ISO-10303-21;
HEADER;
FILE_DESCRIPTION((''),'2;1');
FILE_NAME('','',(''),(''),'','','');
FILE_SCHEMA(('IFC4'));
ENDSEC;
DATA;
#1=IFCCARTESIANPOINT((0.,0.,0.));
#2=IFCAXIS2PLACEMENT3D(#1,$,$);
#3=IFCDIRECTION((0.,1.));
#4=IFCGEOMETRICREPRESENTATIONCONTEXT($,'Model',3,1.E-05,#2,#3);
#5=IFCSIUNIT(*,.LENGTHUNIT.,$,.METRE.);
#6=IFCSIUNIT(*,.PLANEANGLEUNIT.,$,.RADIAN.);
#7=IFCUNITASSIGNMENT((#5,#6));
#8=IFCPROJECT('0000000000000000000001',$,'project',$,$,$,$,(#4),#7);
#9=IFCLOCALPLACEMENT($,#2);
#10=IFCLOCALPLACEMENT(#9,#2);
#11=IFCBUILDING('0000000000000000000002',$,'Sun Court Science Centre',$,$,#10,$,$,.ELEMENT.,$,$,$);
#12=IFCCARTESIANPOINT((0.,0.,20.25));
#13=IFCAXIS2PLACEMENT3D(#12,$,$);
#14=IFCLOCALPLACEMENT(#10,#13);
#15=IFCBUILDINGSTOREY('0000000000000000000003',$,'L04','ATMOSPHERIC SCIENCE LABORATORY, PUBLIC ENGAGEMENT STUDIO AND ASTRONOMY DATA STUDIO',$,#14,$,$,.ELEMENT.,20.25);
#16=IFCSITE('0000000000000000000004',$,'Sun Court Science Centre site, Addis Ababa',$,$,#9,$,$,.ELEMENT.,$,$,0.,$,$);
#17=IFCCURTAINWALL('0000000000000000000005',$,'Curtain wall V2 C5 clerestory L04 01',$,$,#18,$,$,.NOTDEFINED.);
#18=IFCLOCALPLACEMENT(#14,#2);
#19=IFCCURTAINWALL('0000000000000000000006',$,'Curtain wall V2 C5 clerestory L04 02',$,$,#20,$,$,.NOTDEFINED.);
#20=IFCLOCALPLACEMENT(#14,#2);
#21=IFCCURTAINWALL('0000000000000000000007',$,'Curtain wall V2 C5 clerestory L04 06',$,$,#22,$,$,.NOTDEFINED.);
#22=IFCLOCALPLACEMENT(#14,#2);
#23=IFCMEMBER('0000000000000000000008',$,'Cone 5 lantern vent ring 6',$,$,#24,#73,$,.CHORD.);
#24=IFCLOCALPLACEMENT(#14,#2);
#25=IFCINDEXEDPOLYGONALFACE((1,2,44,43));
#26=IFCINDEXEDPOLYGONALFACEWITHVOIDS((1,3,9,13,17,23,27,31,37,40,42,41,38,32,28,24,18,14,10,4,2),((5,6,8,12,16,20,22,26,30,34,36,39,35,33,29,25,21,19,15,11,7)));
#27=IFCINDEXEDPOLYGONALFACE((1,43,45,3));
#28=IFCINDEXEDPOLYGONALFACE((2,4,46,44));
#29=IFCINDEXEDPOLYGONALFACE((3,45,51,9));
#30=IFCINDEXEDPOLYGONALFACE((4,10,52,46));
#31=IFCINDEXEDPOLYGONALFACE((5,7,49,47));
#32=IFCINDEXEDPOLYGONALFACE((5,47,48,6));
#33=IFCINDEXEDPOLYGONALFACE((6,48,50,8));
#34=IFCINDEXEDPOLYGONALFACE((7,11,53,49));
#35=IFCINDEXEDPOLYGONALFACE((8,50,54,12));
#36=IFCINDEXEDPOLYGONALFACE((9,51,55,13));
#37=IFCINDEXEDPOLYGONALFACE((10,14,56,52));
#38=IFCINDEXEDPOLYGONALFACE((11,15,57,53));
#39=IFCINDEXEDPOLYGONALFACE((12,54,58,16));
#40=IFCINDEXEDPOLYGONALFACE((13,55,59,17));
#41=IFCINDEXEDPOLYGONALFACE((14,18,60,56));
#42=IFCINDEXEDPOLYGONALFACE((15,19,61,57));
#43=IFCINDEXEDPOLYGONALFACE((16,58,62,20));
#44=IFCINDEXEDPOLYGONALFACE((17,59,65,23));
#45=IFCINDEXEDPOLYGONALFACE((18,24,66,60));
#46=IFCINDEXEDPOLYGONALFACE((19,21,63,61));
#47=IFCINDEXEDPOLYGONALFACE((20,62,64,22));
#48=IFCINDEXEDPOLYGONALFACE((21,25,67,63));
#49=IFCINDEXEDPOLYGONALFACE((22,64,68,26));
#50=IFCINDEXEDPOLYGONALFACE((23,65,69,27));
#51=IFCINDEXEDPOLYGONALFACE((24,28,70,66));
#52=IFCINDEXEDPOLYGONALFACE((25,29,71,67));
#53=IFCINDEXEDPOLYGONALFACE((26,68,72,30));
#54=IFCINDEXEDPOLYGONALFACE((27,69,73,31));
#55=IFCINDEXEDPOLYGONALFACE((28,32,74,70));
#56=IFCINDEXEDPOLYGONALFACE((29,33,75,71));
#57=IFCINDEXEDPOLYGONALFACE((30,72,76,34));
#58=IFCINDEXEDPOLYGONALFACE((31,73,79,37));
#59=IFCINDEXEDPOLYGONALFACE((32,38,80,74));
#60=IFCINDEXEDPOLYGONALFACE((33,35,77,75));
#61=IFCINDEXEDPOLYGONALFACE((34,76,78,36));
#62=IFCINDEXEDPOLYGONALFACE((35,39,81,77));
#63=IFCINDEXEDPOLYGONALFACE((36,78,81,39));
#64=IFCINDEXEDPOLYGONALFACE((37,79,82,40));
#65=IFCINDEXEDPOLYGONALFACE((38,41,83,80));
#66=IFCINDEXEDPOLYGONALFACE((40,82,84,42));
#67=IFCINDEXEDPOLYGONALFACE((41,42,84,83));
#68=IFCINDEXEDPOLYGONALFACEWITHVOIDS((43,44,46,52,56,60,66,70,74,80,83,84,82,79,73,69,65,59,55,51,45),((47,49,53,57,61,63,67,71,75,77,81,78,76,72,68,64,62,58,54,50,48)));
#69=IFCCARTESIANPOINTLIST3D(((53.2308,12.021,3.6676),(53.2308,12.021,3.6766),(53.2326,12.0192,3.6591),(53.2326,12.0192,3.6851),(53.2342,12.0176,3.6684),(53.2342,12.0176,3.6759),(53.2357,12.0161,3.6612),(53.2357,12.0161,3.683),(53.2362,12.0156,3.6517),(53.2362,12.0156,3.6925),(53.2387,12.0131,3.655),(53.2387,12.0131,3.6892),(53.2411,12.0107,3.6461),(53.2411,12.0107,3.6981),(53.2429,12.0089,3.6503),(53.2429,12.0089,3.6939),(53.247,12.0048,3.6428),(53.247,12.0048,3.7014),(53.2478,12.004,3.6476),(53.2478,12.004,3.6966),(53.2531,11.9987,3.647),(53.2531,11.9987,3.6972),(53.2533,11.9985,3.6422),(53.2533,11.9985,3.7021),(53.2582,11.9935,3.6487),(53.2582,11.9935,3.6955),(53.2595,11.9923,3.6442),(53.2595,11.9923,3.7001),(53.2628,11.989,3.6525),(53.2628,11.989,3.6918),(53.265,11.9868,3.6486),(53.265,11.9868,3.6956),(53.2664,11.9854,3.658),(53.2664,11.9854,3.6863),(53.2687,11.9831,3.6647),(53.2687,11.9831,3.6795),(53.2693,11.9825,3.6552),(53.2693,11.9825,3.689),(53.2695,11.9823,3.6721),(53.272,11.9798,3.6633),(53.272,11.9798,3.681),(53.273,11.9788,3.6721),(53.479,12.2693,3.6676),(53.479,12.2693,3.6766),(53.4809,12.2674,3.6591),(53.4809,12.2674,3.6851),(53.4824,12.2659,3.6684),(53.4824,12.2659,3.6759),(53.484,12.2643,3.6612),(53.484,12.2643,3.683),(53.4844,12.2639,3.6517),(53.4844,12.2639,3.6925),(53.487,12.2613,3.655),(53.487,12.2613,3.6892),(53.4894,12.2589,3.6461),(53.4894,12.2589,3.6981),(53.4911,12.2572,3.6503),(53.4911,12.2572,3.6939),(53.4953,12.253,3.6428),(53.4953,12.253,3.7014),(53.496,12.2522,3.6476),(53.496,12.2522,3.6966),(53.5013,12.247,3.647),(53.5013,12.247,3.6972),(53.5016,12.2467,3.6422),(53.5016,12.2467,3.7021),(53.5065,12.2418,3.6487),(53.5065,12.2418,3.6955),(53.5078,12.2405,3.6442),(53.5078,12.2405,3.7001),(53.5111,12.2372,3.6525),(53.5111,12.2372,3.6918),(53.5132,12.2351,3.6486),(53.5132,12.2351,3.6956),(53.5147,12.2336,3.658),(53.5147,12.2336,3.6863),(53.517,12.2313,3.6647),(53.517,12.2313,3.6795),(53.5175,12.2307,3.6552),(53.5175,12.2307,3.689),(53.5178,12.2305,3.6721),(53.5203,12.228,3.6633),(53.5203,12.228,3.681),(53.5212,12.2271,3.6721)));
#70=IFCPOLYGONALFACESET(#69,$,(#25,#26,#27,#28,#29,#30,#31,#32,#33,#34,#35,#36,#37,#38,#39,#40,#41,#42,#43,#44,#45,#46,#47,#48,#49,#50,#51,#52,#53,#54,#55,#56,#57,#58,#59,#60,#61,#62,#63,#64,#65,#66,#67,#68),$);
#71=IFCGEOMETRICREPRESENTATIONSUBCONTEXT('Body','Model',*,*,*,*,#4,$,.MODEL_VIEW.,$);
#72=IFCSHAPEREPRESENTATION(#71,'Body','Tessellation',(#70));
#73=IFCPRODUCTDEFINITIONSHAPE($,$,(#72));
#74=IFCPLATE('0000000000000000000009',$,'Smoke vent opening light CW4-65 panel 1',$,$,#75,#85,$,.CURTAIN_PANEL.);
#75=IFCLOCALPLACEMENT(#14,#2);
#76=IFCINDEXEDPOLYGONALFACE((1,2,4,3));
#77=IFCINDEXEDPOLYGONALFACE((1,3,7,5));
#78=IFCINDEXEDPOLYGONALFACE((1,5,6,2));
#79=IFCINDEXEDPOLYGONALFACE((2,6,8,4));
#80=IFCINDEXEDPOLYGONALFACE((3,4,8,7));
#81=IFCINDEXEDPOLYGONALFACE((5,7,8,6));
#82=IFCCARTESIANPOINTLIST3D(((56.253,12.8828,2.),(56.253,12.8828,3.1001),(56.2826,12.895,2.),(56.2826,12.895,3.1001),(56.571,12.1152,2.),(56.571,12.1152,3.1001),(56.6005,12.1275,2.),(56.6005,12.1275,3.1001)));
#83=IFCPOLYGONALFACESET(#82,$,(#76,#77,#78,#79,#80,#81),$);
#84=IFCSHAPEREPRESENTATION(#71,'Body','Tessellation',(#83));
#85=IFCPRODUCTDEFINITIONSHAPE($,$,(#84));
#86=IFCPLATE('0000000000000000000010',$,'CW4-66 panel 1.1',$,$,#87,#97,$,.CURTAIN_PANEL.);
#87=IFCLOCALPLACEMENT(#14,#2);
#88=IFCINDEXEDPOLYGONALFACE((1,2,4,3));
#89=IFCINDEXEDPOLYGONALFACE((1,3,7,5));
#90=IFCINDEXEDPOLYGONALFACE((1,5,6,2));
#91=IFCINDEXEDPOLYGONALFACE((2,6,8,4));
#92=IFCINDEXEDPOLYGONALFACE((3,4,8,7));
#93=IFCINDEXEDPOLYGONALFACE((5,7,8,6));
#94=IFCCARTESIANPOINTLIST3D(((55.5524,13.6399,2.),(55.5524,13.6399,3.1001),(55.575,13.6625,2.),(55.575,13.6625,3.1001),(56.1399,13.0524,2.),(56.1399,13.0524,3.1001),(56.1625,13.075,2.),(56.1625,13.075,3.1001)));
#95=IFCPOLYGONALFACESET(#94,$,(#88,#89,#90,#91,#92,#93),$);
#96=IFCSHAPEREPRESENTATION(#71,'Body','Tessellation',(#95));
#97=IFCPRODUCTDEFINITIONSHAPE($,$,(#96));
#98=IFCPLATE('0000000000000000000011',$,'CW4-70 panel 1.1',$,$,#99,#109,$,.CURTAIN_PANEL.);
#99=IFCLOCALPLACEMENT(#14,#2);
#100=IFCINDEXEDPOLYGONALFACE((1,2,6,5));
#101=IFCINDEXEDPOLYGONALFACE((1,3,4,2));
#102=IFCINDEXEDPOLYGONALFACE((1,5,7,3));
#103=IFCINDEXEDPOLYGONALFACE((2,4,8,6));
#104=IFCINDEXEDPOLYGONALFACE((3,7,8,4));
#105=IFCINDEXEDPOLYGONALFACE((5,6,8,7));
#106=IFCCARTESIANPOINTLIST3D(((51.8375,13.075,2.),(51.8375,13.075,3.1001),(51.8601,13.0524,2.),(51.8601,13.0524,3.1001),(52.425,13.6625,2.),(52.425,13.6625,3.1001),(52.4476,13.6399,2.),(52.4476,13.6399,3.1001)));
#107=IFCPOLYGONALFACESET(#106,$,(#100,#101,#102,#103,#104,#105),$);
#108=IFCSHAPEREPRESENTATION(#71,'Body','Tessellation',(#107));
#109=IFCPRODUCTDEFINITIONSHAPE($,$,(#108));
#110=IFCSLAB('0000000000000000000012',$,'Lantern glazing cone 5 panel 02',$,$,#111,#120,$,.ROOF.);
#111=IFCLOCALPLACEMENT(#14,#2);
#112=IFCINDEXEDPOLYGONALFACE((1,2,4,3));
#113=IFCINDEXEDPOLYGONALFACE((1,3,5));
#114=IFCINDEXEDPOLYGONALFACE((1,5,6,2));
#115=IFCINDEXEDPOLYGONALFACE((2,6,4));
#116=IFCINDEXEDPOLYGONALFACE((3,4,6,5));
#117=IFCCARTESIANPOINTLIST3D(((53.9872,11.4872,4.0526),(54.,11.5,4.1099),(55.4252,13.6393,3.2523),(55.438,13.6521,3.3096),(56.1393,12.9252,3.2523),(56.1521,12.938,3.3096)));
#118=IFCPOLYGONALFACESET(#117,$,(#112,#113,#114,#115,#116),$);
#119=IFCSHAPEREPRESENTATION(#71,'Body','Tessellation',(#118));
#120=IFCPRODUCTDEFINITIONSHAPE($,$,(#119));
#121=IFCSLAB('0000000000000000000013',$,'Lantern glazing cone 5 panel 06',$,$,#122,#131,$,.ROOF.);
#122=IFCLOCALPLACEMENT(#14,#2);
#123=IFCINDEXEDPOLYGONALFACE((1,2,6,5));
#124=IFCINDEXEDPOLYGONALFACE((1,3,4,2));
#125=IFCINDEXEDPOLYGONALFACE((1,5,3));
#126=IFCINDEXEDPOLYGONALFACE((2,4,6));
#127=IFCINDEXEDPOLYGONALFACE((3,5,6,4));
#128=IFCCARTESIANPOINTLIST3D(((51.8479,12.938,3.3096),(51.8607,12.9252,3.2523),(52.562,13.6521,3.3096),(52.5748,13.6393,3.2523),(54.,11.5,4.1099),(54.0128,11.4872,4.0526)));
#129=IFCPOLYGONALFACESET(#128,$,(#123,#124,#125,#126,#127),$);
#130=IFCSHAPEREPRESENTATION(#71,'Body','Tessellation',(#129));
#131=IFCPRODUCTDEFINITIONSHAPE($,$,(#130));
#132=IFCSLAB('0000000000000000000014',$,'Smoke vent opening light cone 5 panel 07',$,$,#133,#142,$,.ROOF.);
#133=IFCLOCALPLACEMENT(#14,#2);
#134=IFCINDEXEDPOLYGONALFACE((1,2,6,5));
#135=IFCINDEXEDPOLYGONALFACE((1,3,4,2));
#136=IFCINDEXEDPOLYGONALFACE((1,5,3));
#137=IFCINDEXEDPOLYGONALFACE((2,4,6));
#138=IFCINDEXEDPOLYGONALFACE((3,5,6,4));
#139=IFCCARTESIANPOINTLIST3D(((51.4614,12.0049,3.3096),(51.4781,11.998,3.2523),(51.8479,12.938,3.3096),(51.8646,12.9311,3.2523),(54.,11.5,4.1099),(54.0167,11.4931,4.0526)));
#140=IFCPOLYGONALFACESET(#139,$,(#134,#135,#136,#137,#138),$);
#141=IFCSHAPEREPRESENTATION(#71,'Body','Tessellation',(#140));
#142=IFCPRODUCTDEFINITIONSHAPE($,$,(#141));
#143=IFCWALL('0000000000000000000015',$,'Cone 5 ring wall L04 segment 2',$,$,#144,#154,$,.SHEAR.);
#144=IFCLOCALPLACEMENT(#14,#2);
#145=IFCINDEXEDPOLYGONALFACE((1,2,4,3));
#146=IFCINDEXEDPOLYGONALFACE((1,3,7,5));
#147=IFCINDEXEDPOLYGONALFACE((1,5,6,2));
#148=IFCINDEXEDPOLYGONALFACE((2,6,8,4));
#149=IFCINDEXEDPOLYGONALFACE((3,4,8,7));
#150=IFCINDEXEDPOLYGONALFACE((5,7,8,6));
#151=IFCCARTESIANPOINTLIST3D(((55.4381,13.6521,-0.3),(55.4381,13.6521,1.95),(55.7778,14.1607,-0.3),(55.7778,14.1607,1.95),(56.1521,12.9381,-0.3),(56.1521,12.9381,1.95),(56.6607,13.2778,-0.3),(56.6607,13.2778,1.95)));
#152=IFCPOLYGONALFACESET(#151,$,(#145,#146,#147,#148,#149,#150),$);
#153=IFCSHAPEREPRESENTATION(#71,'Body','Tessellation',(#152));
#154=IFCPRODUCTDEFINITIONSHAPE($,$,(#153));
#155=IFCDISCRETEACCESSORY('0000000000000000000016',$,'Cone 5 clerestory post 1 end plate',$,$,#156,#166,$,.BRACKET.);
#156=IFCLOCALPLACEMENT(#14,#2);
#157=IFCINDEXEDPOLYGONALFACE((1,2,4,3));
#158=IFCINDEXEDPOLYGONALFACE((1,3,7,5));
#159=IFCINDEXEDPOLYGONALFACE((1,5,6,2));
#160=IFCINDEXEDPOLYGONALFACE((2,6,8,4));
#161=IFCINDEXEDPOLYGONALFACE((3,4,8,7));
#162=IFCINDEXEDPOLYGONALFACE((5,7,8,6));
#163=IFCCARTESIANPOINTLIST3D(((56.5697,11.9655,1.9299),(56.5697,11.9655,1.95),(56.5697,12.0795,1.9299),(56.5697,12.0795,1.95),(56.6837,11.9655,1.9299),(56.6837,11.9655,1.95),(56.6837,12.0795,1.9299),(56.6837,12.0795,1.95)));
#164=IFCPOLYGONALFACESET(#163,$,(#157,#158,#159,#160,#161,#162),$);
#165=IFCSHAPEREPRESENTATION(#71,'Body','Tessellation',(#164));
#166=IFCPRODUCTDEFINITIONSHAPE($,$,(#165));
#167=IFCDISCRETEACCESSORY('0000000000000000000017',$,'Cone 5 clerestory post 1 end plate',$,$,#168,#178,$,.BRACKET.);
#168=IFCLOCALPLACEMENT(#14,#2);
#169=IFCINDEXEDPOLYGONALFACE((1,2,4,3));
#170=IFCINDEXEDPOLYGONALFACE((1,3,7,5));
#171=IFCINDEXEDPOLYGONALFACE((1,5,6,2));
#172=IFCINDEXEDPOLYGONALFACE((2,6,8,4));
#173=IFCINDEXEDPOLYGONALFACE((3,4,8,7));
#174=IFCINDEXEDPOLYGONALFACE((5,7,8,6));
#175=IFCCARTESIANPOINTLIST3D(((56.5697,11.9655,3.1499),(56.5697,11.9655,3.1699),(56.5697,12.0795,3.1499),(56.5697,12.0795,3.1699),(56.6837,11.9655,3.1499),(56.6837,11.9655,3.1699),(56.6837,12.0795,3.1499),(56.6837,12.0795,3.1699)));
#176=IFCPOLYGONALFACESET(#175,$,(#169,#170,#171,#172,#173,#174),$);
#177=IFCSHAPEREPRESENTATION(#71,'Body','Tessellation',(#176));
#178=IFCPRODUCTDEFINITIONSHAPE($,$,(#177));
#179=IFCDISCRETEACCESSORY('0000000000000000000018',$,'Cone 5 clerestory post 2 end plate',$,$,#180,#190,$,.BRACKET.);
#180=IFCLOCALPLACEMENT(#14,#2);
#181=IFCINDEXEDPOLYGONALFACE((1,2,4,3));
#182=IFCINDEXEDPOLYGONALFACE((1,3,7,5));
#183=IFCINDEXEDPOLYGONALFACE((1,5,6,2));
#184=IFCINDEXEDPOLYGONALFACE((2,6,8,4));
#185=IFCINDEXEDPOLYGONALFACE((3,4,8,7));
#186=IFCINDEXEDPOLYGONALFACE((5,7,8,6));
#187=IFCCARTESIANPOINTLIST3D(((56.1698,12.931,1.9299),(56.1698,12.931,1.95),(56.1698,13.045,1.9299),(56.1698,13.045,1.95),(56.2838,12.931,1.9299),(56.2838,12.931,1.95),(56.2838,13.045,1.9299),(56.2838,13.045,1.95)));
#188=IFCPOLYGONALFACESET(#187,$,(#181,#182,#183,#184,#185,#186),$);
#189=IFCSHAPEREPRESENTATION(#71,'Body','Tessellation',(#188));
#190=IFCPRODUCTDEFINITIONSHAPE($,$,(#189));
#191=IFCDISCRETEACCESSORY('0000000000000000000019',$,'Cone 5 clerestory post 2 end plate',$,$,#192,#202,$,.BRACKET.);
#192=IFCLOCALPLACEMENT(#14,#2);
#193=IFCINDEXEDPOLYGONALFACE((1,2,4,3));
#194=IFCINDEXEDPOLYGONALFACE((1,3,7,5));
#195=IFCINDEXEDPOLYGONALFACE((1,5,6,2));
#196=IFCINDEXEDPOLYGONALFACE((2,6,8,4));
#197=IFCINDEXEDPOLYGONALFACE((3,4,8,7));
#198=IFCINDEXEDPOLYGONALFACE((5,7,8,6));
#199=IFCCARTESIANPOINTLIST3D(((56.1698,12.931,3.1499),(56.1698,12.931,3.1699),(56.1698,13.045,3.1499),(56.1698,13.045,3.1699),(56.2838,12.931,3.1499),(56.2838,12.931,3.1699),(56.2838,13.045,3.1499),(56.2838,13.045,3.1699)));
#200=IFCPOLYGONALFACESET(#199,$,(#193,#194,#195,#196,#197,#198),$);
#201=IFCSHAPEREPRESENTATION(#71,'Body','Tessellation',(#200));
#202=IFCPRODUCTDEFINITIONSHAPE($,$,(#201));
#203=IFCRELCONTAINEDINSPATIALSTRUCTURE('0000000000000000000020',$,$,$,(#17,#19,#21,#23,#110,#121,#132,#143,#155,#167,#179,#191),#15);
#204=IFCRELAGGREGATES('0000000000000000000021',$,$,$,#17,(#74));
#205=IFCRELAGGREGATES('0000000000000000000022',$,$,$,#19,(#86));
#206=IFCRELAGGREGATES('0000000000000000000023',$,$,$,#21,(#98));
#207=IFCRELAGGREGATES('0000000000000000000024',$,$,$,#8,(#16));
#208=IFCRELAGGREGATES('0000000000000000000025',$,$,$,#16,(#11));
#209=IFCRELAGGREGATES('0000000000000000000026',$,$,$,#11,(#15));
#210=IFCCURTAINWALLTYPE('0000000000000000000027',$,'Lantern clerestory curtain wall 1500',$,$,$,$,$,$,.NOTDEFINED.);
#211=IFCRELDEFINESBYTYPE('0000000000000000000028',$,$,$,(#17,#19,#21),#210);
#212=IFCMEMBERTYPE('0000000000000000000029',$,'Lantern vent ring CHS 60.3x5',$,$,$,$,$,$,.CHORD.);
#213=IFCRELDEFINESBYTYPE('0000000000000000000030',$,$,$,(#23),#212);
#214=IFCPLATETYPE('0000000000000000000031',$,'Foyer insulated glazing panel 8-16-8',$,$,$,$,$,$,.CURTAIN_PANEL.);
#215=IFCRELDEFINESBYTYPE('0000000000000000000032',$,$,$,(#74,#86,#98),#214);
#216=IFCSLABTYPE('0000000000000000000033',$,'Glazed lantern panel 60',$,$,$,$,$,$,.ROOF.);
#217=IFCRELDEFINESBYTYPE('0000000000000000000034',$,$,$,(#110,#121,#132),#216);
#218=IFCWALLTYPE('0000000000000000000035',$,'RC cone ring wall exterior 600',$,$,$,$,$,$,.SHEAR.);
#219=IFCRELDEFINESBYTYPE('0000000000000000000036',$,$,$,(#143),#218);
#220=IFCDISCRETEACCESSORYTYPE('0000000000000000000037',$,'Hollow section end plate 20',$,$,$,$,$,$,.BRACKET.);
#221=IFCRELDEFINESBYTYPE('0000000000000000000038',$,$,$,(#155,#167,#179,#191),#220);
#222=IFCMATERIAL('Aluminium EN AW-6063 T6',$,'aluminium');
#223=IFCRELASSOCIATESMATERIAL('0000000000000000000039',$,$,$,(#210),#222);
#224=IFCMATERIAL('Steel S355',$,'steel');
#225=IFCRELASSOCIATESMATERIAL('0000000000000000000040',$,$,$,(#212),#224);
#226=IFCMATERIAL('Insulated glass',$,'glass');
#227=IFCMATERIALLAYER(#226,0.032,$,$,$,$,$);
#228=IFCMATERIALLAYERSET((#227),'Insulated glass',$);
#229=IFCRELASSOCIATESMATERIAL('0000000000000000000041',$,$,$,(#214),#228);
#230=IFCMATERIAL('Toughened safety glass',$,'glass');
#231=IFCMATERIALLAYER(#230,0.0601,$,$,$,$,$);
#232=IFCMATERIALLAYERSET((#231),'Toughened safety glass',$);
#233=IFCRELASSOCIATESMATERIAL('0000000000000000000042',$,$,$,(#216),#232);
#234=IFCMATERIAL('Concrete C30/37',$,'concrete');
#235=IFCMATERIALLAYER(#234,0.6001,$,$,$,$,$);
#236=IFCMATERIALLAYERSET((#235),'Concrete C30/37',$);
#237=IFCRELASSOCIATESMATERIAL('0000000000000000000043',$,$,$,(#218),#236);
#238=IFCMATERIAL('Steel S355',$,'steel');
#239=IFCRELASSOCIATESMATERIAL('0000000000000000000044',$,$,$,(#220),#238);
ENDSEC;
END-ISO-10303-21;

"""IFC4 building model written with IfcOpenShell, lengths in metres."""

from ifc_helpers import new_model, si_unit, direction, frame, origin, origin_2d, place, context, subcontext, project, spatial, polyline, rectangle, hollow_circle, outline, extrude, material, layer, layer_set, material_profile, profile_set, type_object, element, aggregate, save


model = new_model("IFC4")

# Units and contexts
model_context = context("Model", 3, precision=1e-05, world=origin(), true_north=direction((0.0, 1.0)))
body_context = subcontext(model_context, "Body", "Model", "MODEL_VIEW")
ifc_project = project(units=[si_unit("LENGTHUNIT", "METRE"), si_unit("PLANEANGLEUNIT", "RADIAN")], contexts=[model_context])

# Site, building, storey
site_placement = place(None, origin())
site = spatial("IfcSite", under=ifc_project, at=site_placement, Name="Sun Court Science Centre site, Addis Ababa", CompositionType="ELEMENT", RefElevation=0.0)
building_placement = place(site_placement, origin())
building = spatial("IfcBuilding", under=site, at=building_placement, Name="Sun Court Science Centre", CompositionType="ELEMENT")
storey_placement = place(building_placement, frame((0.0, 0.0, 20.25)))
storey = spatial("IfcBuildingStorey", under=building, at=storey_placement, Name="L04", Description="ATMOSPHERIC SCIENCE LABORATORY, PUBLIC ENGAGEMENT STUDIO AND ASTRONOMY DATA STUDIO", CompositionType="ELEMENT", Elevation=20.25)

# Curtain wall
ifc_material_1 = material(Name="Aluminium EN AW-6063 T6", Category="aluminium")
curtain_wall_type = type_object("IfcCurtainWallType", Name="Lantern clerestory curtain wall 1500", PredefinedType="NOTDEFINED", material=ifc_material_1)
curtain_wall_1_placement = place(storey_placement, origin())
curtain_wall_1 = element("IfcCurtainWall", 1, at=curtain_wall_1_placement, inside=storey, type_object=curtain_wall_type, Name="Curtain wall V2 C5 clerestory L04 01", PredefinedType="NOTDEFINED")

# Curtain wall
curtain_wall_2_placement = place(storey_placement, origin())
curtain_wall_2 = element("IfcCurtainWall", 2, at=curtain_wall_2_placement, inside=storey, type_object=curtain_wall_type, Name="Curtain wall V2 C5 clerestory L04 02", PredefinedType="NOTDEFINED")

# Curtain wall
curtain_wall_3_placement = place(storey_placement, origin())
curtain_wall_3 = element("IfcCurtainWall", 3, at=curtain_wall_3_placement, inside=storey, type_object=curtain_wall_type, Name="Curtain wall V2 C5 clerestory L04 06", PredefinedType="NOTDEFINED")

# Member
ifc_material_2 = material(Name="Steel S355", Category="steel")
ifc_material_profile_1 = material_profile(ifc_material_2, hollow_circle(Radius=0.03, WallThickness=0.0049, at=origin_2d()), Name="CHS 60.3x5")
ifc_profile_set_1 = profile_set([ifc_material_profile_1], Name="Steel S355")
member_type_1 = type_object("IfcMemberType", Name="Lantern vent ring CHS 60.3x5", PredefinedType="CHORD", material=ifc_profile_set_1)
member_1_placement = place(storey_placement, frame((53.5, 12.2483, 3.6721), z_axis=(-0.707107, -0.707107, 0.0), x_axis=(0.707107, -0.707107, 0.0)))
element("IfcMember", 4, at=member_1_placement, inside=storey, type_object=member_type_1, Name="Cone 5 lantern vent ring 6", PredefinedType="CHORD", context=body_context, shape_type="SweptSolid", body=[
    extrude(hollow_circle(Radius=0.03, WallThickness=0.0049, at=origin_2d()), origin(), (0.0, 0.0, 1.0), 0.3511),
])

# Plates
ifc_material_3 = material(Name="Insulated glass", Category="glass")
ifc_layer_1 = layer(ifc_material_3, 0.032)
ifc_layer_set_1 = layer_set([ifc_layer_1], Name="Insulated glass")
plate_type = type_object("IfcPlateType", Name="Foyer insulated glazing panel 8-16-8", PredefinedType="CURTAIN_PANEL", material=ifc_layer_set_1)
plate_1_placement = place(storey_placement, frame((56.4268, 12.5051, 2.0), z_axis=(0.0, 0.0, 1.0), x_axis=(0.382683, -0.92388, 0.0)))
plate_1 = element("IfcPlate", 5, at=plate_1_placement, type_object=plate_type, Name="Smoke vent opening light CW4-65 panel 1", PredefinedType="CURTAIN_PANEL", context=body_context, shape_type="SweptSolid", body=[
    extrude(rectangle(XDim=0.8308, YDim=0.032, at=origin_2d()), origin(), (0.0, 0.0, 1.0), 1.1001),
])
aggregate(curtain_wall_1, [plate_1])
plate_2_placement = place(storey_placement, frame((55.8574, 13.3574, 2.0), z_axis=(0.0, 0.0, 1.0), x_axis=(0.707107, -0.707107, 0.0)))
plate_2 = element("IfcPlate", 6, at=plate_2_placement, type_object=plate_type, Name="CW4-66 panel 1.1", PredefinedType="CURTAIN_PANEL", context=body_context, shape_type="SweptSolid", body=[
    extrude(rectangle(XDim=0.8308, YDim=0.032, at=origin_2d()), origin(), (0.0, 0.0, 1.0), 1.1001),
])
aggregate(curtain_wall_2, [plate_2])
plate_3_placement = place(storey_placement, frame((52.1426, 13.3574, 2.0), z_axis=(0.0, 0.0, 1.0), x_axis=(0.707107, 0.707107, 0.0)))
plate_3 = element("IfcPlate", 7, at=plate_3_placement, type_object=plate_type, Name="CW4-70 panel 1.1", PredefinedType="CURTAIN_PANEL", context=body_context, shape_type="SweptSolid", body=[
    extrude(rectangle(XDim=0.8308, YDim=0.032, at=origin_2d()), origin(), (0.0, 0.0, 1.0), 1.1001),
])
aggregate(curtain_wall_3, [plate_3])

# Slabs
ifc_material_4 = material(Name="Toughened safety glass", Category="glass")
ifc_layer_2 = layer(ifc_material_4, 0.0601)
ifc_layer_set_2 = layer_set([ifc_layer_2], Name="Toughened safety glass")
slab_type = type_object("IfcSlabType", Name="Glazed lantern panel 60", PredefinedType="ROOF", material=ifc_layer_set_2)
for number, where, z_axis, x_axis, name in (
    (8, (56.1521, 12.938, 3.3096), (0.212603, 0.212603, 0.95373), (-0.707107, 0.707107, 0.0), "Lantern glazing cone 5 panel 02"),
    (9, (52.562, 13.6521, 3.3096), (-0.212603, 0.212603, 0.95373), (-0.707107, -0.707107, 0.0), "Lantern glazing cone 5 panel 06"),
):
    element("IfcSlab", number, at=place(storey_placement, frame(where, z_axis=z_axis, x_axis=x_axis)), inside=storey, type_object=slab_type, Name=name, PredefinedType="ROOF", context=body_context, shape_type="SweptSolid", body=[
        extrude(outline(polyline([(0.0, 0.0), (1.0099, 0.0), (0.505, 2.6617), (0.0, 0.0)])), origin(), (0.0, 0.0, -1.0), 0.0601),
    ])
slab_placement = place(storey_placement, frame((51.8479, 12.938, 3.3096), z_axis=(-0.277784, 0.115053, 0.953729), x_axis=(-0.382658, -0.92389, 0.0)))
element("IfcSlab", 10, at=slab_placement, inside=storey, type_object=slab_type, Name="Smoke vent opening light cone 5 panel 07", PredefinedType="ROOF", context=body_context, shape_type="SweptSolid", body=[
    extrude(outline(polyline([(0.0, 0.0), (1.01, 0.0), (0.505, 2.6617), (0.0, 0.0)])), origin(), (0.0, 0.0, -1.0), 0.0601),
])

# Wall
ifc_material_5 = material(Name="Concrete C30/37", Category="concrete")
ifc_layer_3 = layer(ifc_material_5, 0.6001)
ifc_layer_set_3 = layer_set([ifc_layer_3], Name="Concrete C30/37")
wall_type = type_object("IfcWallType", Name="RC cone ring wall exterior 600", PredefinedType="SHEAR", material=ifc_layer_set_3)
wall_placement = place(storey_placement, frame((56.4485, 13.0657, -0.3), z_axis=(0.0, 0.0, 1.0), x_axis=(-0.707107, 0.707107, 0.0)))
element("IfcWall", 11, at=wall_placement, inside=storey, type_object=wall_type, Name="Cone 5 ring wall L04 segment 2", PredefinedType="SHEAR", context=body_context, shape_type="SweptSolid", body=[
    extrude(outline(polyline([(0.0, -0.3), (1.2485, -0.3), (1.1292, 0.2998), (0.1194, 0.2998), (0.0, -0.3)])), origin(), (0.0, 0.0, 1.0), 2.25),
])

# Discrete accessories
ifc_material_6 = material(Name="Steel S355", Category="steel")
discrete_accessory_type_1 = type_object("IfcDiscreteAccessoryType", Name="Hollow section end plate 20", PredefinedType="BRACKET", material=ifc_material_6)
for number, where, z_axis, x_axis, name in (
    (12, (56.6267, 12.0225, 1.9299), (0.0, 0.0, 1.0), (1.0, 0.0, 0.0), "Cone 5 clerestory post 1 end plate"),
    (13, (56.6267, 12.0225, 3.1499), (0.0, 0.0, 1.0), (1.0, 0.0, 0.0), "Cone 5 clerestory post 1 end plate"),
    (14, (56.2268, 12.988, 1.9299), (0.0, 0.0, 1.0), (1.0, 0.0, 0.0), "Cone 5 clerestory post 2 end plate"),
    (15, (56.2268, 12.988, 3.1499), (0.0, 0.0, 1.0), (1.0, 0.0, 0.0), "Cone 5 clerestory post 2 end plate"),
):
    element("IfcDiscreteAccessory", number, at=place(storey_placement, frame(where, z_axis=z_axis, x_axis=x_axis)), inside=storey, type_object=discrete_accessory_type_1, Name=name, PredefinedType="BRACKET", context=body_context, shape_type="SweptSolid", body=[
        extrude(rectangle(XDim=0.114, YDim=0.114, at=origin_2d()), origin(), (0.0, 0.0, 1.0), 0.02),
    ])

save(model, "model.ifc")
